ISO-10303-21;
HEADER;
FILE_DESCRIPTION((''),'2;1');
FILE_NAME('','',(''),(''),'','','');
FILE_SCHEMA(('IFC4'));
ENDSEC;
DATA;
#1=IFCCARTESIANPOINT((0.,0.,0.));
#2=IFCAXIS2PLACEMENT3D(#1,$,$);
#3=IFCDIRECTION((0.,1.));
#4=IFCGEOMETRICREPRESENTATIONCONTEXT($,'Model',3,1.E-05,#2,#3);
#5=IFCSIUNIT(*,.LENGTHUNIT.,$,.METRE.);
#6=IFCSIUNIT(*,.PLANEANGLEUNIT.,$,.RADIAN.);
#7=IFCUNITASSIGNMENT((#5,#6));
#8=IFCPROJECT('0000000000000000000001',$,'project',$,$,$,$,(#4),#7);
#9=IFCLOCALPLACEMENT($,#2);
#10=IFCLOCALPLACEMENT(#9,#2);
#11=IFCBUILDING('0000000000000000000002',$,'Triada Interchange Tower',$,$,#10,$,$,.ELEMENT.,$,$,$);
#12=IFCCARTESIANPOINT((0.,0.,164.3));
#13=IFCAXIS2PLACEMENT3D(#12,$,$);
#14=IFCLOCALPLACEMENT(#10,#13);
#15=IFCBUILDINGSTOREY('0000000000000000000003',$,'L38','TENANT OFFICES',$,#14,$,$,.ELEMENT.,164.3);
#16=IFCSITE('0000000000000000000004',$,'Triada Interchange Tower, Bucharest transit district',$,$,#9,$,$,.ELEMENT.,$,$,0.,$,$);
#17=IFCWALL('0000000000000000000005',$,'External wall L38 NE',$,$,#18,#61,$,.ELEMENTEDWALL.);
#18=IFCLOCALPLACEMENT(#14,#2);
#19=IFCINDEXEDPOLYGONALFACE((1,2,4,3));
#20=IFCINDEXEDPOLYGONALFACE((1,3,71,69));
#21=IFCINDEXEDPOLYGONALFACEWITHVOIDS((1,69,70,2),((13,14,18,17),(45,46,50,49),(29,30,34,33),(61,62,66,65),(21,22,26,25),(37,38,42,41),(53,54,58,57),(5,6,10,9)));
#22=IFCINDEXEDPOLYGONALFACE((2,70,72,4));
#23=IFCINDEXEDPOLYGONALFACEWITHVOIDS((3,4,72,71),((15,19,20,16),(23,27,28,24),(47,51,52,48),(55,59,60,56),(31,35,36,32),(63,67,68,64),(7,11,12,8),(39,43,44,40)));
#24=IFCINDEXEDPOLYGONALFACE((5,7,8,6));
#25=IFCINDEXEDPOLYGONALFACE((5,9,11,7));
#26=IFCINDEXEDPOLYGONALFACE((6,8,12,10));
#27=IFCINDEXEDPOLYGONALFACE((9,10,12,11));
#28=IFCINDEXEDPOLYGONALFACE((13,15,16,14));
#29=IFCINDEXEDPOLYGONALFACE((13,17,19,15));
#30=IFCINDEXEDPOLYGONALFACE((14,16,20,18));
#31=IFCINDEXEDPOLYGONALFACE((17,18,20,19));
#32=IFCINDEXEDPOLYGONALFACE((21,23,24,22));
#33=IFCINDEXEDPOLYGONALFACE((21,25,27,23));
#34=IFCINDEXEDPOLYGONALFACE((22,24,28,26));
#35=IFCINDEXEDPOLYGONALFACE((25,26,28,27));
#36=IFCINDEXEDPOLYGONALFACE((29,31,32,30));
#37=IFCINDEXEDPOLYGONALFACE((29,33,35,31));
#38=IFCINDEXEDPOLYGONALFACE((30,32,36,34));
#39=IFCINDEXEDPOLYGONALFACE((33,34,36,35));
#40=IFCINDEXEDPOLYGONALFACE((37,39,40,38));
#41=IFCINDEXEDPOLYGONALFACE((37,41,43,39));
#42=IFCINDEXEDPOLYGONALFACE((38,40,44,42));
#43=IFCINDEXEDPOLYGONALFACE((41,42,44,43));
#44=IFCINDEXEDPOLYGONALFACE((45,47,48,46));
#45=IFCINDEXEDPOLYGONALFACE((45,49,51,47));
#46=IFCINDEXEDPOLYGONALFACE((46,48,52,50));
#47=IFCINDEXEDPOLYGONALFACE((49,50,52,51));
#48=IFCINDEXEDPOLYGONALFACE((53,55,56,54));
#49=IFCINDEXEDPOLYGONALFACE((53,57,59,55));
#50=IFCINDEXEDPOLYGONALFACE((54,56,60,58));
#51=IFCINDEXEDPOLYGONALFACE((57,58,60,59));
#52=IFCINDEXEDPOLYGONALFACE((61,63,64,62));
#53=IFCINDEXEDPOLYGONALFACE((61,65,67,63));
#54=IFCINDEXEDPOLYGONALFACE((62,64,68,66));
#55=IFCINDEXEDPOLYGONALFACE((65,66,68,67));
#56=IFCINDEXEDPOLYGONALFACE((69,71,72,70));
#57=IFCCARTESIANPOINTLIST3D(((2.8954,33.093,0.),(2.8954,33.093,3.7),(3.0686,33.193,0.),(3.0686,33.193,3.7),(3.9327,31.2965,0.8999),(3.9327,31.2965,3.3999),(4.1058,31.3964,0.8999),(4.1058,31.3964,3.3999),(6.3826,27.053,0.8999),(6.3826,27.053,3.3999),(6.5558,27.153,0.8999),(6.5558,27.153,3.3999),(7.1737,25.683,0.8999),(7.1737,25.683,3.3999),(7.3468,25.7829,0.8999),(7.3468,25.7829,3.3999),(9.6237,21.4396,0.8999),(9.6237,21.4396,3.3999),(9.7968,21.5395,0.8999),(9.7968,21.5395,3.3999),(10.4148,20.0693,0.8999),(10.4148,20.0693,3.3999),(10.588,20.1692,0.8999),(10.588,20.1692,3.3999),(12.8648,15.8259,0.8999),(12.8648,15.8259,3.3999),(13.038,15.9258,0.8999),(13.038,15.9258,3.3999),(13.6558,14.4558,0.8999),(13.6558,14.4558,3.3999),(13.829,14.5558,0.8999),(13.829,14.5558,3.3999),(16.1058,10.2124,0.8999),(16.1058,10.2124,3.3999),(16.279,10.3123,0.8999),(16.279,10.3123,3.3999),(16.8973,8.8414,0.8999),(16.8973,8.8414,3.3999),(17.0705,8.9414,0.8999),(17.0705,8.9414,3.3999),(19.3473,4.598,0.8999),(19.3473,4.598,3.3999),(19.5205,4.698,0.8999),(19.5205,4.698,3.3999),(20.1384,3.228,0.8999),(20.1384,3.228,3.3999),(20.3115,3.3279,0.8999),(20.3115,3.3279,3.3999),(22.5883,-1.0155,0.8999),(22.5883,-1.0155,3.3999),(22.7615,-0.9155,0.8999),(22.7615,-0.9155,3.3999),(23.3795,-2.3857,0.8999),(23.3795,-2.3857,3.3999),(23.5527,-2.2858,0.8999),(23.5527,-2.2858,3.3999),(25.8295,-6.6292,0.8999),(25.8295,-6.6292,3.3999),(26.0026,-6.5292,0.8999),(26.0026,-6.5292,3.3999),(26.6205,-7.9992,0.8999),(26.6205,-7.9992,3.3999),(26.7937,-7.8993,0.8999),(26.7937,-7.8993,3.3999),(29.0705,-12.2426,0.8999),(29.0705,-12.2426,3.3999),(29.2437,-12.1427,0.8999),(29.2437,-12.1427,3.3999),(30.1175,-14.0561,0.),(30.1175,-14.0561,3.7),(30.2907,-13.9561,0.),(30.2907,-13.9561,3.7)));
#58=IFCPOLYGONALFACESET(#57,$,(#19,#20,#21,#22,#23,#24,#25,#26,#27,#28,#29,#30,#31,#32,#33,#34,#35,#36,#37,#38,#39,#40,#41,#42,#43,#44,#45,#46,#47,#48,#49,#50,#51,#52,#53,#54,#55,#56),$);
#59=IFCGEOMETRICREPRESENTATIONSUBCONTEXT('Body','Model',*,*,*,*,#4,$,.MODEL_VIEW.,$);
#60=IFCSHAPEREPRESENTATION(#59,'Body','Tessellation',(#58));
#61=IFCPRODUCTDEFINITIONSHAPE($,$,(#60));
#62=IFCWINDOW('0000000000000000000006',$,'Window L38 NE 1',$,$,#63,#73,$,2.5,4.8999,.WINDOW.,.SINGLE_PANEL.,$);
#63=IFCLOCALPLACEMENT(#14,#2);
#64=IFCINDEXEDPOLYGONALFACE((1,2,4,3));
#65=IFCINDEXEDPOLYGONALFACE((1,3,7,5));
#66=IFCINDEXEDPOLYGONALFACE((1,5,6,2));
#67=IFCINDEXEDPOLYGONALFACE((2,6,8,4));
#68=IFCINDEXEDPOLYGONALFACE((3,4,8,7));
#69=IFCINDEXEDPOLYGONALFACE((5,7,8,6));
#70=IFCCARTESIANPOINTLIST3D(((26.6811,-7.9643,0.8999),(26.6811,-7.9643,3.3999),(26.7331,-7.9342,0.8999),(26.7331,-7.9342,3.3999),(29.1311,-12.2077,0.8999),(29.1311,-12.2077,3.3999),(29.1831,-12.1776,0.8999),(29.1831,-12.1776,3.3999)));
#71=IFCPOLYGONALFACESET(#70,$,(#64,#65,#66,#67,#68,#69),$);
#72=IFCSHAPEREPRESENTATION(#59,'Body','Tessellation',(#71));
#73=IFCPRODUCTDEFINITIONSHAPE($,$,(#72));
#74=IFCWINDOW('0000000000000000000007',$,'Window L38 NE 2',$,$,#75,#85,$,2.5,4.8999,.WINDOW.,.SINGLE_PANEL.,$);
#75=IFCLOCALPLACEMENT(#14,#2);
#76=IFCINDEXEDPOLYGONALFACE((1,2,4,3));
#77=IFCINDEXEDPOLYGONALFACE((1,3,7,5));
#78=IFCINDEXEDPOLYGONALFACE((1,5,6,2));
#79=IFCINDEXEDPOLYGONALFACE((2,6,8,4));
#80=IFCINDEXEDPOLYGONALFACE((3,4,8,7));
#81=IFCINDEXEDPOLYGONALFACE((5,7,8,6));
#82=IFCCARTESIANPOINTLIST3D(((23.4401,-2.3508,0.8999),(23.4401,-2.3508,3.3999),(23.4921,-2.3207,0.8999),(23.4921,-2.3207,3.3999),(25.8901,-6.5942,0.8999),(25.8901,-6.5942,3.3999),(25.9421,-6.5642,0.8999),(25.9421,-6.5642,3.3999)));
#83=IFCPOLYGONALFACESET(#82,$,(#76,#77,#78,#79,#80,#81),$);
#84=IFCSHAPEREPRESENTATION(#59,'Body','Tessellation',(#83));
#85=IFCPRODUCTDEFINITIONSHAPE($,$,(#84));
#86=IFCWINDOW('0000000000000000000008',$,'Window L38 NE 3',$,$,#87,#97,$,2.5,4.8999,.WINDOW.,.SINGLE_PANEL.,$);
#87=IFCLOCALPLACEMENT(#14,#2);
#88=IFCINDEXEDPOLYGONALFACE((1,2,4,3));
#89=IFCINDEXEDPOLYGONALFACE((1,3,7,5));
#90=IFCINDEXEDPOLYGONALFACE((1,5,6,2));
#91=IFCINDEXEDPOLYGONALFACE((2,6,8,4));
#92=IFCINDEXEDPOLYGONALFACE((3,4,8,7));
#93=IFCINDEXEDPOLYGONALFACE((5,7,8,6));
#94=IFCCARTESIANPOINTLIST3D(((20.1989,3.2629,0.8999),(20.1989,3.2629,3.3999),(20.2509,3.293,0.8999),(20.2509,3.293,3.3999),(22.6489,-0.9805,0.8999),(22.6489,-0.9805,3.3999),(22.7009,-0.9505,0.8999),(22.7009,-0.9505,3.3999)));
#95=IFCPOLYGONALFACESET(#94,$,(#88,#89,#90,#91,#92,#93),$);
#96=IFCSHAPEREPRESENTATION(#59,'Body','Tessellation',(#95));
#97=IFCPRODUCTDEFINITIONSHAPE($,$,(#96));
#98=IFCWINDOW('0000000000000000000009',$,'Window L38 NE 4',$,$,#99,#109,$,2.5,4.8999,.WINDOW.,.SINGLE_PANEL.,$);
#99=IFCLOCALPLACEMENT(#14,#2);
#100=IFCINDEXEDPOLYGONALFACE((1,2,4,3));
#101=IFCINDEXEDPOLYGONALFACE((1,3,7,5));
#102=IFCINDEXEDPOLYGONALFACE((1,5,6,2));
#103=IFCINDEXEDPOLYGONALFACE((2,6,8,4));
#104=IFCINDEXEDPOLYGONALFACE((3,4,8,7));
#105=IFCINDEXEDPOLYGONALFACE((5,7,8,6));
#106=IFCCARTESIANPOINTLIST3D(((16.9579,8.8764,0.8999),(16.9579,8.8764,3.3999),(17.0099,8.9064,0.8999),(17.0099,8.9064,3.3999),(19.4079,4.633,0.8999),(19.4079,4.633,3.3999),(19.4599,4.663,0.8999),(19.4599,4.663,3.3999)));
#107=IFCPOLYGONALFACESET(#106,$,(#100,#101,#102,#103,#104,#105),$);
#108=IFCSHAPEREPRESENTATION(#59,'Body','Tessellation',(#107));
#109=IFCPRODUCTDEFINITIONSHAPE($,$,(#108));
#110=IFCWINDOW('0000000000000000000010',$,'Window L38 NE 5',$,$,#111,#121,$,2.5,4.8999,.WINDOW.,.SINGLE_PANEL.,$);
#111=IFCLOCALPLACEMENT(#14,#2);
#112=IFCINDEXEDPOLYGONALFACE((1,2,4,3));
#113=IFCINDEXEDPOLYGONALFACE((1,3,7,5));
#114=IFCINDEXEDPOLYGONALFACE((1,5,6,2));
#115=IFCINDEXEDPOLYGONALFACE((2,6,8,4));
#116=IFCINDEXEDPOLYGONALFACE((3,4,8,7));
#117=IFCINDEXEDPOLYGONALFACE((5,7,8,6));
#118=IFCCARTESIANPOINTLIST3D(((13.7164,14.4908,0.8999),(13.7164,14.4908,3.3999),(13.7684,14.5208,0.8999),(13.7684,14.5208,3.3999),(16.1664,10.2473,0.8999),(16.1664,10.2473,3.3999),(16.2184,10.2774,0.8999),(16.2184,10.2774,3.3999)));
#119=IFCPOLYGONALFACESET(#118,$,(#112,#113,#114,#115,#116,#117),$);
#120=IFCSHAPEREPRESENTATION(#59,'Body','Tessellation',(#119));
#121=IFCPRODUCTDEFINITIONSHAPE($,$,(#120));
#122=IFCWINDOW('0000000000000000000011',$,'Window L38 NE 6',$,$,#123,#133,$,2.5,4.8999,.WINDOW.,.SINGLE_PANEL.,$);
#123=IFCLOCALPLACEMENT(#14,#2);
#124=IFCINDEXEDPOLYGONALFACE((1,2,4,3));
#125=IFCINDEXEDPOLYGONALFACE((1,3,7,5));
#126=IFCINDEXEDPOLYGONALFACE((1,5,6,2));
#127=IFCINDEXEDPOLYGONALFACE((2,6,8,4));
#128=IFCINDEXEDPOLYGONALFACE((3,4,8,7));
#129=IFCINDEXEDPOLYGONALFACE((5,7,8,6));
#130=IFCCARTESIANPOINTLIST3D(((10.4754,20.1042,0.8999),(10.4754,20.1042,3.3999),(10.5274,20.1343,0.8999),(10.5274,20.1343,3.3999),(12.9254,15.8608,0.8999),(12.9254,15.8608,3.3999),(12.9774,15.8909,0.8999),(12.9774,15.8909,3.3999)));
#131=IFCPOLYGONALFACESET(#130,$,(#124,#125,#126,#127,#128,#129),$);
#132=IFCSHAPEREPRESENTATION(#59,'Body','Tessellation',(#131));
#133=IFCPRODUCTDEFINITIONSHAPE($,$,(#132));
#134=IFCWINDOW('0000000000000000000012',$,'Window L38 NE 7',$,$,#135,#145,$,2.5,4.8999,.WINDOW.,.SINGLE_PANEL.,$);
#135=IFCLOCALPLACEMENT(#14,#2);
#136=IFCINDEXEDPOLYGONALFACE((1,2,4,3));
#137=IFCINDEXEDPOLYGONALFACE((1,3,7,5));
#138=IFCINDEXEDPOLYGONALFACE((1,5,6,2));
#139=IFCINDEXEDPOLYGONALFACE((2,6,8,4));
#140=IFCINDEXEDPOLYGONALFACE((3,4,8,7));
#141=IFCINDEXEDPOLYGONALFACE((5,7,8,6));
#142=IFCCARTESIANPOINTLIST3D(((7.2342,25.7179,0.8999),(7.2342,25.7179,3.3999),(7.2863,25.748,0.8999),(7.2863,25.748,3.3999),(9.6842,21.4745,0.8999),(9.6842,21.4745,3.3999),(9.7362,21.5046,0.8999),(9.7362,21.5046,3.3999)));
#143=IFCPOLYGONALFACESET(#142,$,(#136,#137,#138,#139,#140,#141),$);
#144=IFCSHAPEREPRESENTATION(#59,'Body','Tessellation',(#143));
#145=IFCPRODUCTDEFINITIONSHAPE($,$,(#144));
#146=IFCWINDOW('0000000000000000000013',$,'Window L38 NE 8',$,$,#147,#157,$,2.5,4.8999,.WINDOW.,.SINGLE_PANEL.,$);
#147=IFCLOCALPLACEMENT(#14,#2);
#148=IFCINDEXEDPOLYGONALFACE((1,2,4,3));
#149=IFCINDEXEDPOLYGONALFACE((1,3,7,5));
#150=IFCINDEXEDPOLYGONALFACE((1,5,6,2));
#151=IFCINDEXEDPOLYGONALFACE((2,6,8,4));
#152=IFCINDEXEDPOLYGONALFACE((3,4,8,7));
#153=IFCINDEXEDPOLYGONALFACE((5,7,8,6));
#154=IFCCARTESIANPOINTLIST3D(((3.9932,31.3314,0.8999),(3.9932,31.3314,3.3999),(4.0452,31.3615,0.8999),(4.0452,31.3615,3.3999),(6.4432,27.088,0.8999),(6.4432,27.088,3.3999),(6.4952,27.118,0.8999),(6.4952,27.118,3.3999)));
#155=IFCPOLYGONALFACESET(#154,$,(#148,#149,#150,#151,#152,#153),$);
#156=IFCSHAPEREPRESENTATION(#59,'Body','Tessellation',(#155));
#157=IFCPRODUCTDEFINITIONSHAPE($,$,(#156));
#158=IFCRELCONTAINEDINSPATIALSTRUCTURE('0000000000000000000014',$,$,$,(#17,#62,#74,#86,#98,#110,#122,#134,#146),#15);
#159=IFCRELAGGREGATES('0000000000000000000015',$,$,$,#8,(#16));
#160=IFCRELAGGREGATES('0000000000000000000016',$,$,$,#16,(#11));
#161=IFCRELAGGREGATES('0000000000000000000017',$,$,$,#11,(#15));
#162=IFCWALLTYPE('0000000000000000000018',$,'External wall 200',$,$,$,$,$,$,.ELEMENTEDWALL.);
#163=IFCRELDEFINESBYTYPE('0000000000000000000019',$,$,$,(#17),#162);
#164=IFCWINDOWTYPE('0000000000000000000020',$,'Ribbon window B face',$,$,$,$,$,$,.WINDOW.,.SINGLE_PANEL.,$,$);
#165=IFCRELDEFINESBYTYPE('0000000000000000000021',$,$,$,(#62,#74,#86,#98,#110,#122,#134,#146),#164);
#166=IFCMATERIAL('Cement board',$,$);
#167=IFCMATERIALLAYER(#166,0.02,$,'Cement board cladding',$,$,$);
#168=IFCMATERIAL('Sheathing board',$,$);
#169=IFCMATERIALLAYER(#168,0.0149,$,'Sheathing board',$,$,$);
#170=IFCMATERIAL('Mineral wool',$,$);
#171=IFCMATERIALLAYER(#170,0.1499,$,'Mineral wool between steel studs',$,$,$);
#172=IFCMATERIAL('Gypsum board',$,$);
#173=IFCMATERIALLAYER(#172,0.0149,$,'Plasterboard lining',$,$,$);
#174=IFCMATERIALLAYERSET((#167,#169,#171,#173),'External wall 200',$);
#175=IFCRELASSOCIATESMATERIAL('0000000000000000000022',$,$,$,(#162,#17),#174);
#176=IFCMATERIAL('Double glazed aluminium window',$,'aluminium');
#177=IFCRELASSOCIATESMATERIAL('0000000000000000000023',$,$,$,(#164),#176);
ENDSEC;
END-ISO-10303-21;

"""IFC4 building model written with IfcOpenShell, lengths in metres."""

from ifc_helpers import new_model, si_unit, direction, frame, frame_2d, origin, place, context, subcontext, project, spatial, rectangle, extrude, material, layer, layer_set, layer_usage, type_object, element, fill, save


model = new_model("IFC4")

# Units and contexts
model_context = context("Model", 3, precision=1e-05, world=origin(), true_north=direction((0.0, 1.0)))
body_context = subcontext(model_context, "Body", "Model", "MODEL_VIEW")
ifc_project = project(units=[si_unit("LENGTHUNIT", "METRE"), si_unit("PLANEANGLEUNIT", "RADIAN")], contexts=[model_context])

# Site, building, storey
site_placement = place(None, origin())
site = spatial("IfcSite", under=ifc_project, at=site_placement, Name="Triada Interchange Tower, Bucharest transit district", CompositionType="ELEMENT", RefElevation=0.0)
building_placement = place(site_placement, origin())
building = spatial("IfcBuilding", under=site, at=building_placement, Name="Triada Interchange Tower", CompositionType="ELEMENT")
storey_placement = place(building_placement, frame((0.0, 0.0, 164.3)))
storey = spatial("IfcBuildingStorey", under=building, at=storey_placement, Name="L38", Description="TENANT OFFICES", CompositionType="ELEMENT", Elevation=164.3)

# Shared definitions
ifc_material_1 = material(Name="Cement board")
ifc_layer_1 = layer(ifc_material_1, 0.02, Name="Cement board cladding")
ifc_material_2 = material(Name="Sheathing board")
ifc_layer_2 = layer(ifc_material_2, 0.0149, Name="Sheathing board")
ifc_material_3 = material(Name="Mineral wool")
ifc_layer_3 = layer(ifc_material_3, 0.1499, Name="Mineral wool between steel studs")
ifc_material_4 = material(Name="Gypsum board")
ifc_layer_4 = layer(ifc_material_4, 0.0149, Name="Plasterboard lining")
ifc_layer_set_1 = layer_set([ifc_layer_1, ifc_layer_2, ifc_layer_3, ifc_layer_4], Name="External wall 200")
ifc_layer_usage = layer_usage(ifc_layer_set_1, "AXIS2", "POSITIVE", -0.1001)
wall_type_1 = type_object("IfcWallType", Name="External wall 200", PredefinedType="ELEMENTEDWALL", material=ifc_layer_set_1)
ifc_material_5 = material(Name="Double glazed aluminium window", Category="aluminium")

# Wall, openings, windows
wall_1_placement = place(storey_placement, frame((30.2041, -14.0061, 0.0), z_axis=(0.0, 0.0, 1.0), x_axis=(-0.500008, 0.866021, 0.0)))
wall_1 = element("IfcWall", 1, at=wall_1_placement, inside=storey, type_object=wall_type_1, material=ifc_layer_usage, Name="External wall L38 NE", PredefinedType="ELEMENTEDWALL", context=body_context, shape_type="SweptSolid", body=[
    extrude(rectangle(XDim=54.4434, YDim=0.2, at=frame_2d((27.2217, 0.0))), origin(), (0.0, 0.0, 1.0), 3.7),
])
opening_1_placement = place(wall_1_placement, frame((2.094, 0.0, 0.8999)))
opening_1 = element("IfcOpeningElement", 2, at=opening_1_placement, cuts=wall_1, PredefinedType="OPENING", context=body_context, shape_type="SweptSolid", body=[
    extrude(rectangle(XDim=4.8999, YDim=2.5, at=frame_2d((2.45, 1.25))), frame((0.0, 0.1099, 0.0), z_axis=(0.0, -1.0, 0.0), x_axis=(1.0, 0.0, 0.0)), (0.0, 0.0, 1.0), 0.22),
])
opening_2_placement = place(wall_1_placement, frame((8.5759, 0.0, 0.8999)))
opening_2 = element("IfcOpeningElement", 3, at=opening_2_placement, cuts=wall_1, PredefinedType="OPENING", context=body_context, shape_type="SweptSolid", body=[
    extrude(rectangle(XDim=4.8999, YDim=2.5, at=frame_2d((2.45, 1.25))), frame((0.0, 0.1099, 0.0), z_axis=(0.0, -1.0, 0.0), x_axis=(1.0, 0.0, 0.0)), (0.0, 0.0, 1.0), 0.22),
])
opening_3_placement = place(wall_1_placement, frame((15.0581, 0.0, 0.8999)))
opening_3 = element("IfcOpeningElement", 4, at=opening_3_placement, cuts=wall_1, PredefinedType="OPENING", context=body_context, shape_type="SweptSolid", body=[
    extrude(rectangle(XDim=4.8999, YDim=2.5, at=frame_2d((2.45, 1.25))), frame((0.0, 0.1099, 0.0), z_axis=(0.0, -1.0, 0.0), x_axis=(1.0, 0.0, 0.0)), (0.0, 0.0, 1.0), 0.22),
])
opening_4_placement = place(wall_1_placement, frame((21.54, 0.0, 0.8999)))
opening_4 = element("IfcOpeningElement", 5, at=opening_4_placement, cuts=wall_1, PredefinedType="OPENING", context=body_context, shape_type="SweptSolid", body=[
    extrude(rectangle(XDim=4.8999, YDim=2.5, at=frame_2d((2.45, 1.25))), frame((0.0, 0.1099, 0.0), z_axis=(0.0, -1.0, 0.0), x_axis=(1.0, 0.0, 0.0)), (0.0, 0.0, 1.0), 0.22),
])
opening_5_placement = place(wall_1_placement, frame((28.0229, 0.0, 0.8999)))
opening_5 = element("IfcOpeningElement", 6, at=opening_5_placement, cuts=wall_1, PredefinedType="OPENING", context=body_context, shape_type="SweptSolid", body=[
    extrude(rectangle(XDim=4.8999, YDim=2.5, at=frame_2d((2.45, 1.25))), frame((0.0, 0.1099, 0.0), z_axis=(0.0, -1.0, 0.0), x_axis=(1.0, 0.0, 0.0)), (0.0, 0.0, 1.0), 0.22),
])
opening_6_placement = place(wall_1_placement, frame((34.5049, 0.0, 0.8999)))
opening_6 = element("IfcOpeningElement", 7, at=opening_6_placement, cuts=wall_1, PredefinedType="OPENING", context=body_context, shape_type="SweptSolid", body=[
    extrude(rectangle(XDim=4.8999, YDim=2.5, at=frame_2d((2.45, 1.25))), frame((0.0, 0.1099, 0.0), z_axis=(0.0, -1.0, 0.0), x_axis=(1.0, 0.0, 0.0)), (0.0, 0.0, 1.0), 0.22),
])
opening_7_placement = place(wall_1_placement, frame((40.9871, 0.0, 0.8999)))
opening_7 = element("IfcOpeningElement", 8, at=opening_7_placement, cuts=wall_1, PredefinedType="OPENING", context=body_context, shape_type="SweptSolid", body=[
    extrude(rectangle(XDim=4.8999, YDim=2.5, at=frame_2d((2.45, 1.25))), frame((0.0, 0.1099, 0.0), z_axis=(0.0, -1.0, 0.0), x_axis=(1.0, 0.0, 0.0)), (0.0, 0.0, 1.0), 0.22),
])
opening_8_placement = place(wall_1_placement, frame((47.469, 0.0, 0.8999)))
opening_8 = element("IfcOpeningElement", 9, at=opening_8_placement, cuts=wall_1, PredefinedType="OPENING", context=body_context, shape_type="SweptSolid", body=[
    extrude(rectangle(XDim=4.8999, YDim=2.5, at=frame_2d((2.45, 1.25))), frame((0.0, 0.1099, 0.0), z_axis=(0.0, -1.0, 0.0), x_axis=(1.0, 0.0, 0.0)), (0.0, 0.0, 1.0), 0.22),
])
window_type_1 = type_object("IfcWindowType", Name="Ribbon window B face", PartitioningType="SINGLE_PANEL", PredefinedType="WINDOW", material=ifc_material_5)
window_1_placement = place(opening_1_placement, origin())
window_1 = element("IfcWindow", 10, at=window_1_placement, inside=storey, type_object=window_type_1, Name="Window L38 NE 1", OverallHeight=2.5, OverallWidth=4.8999, PartitioningType="SINGLE_PANEL", PredefinedType="WINDOW", context=body_context, shape_type="SweptSolid", body=[
    extrude(rectangle(XDim=4.8999, YDim=2.5, at=frame_2d((2.45, 1.25))), frame((0.0, 0.03, 0.0), z_axis=(0.0, -1.0, 0.0), x_axis=(1.0, 0.0, 0.0)), (0.0, 0.0, 1.0), 0.0601),
])
fill(opening_1, window_1)
window_2_placement = place(opening_2_placement, origin())
window_2 = element("IfcWindow", 11, at=window_2_placement, inside=storey, type_object=window_type_1, Name="Window L38 NE 2", OverallHeight=2.5, OverallWidth=4.8999, PartitioningType="SINGLE_PANEL", PredefinedType="WINDOW", context=body_context, shape_type="SweptSolid", body=[
    extrude(rectangle(XDim=4.8999, YDim=2.5, at=frame_2d((2.45, 1.25))), frame((0.0, 0.03, 0.0), z_axis=(0.0, -1.0, 0.0), x_axis=(1.0, 0.0, 0.0)), (0.0, 0.0, 1.0), 0.0601),
])
fill(opening_2, window_2)
window_3_placement = place(opening_3_placement, origin())
window_3 = element("IfcWindow", 12, at=window_3_placement, inside=storey, type_object=window_type_1, Name="Window L38 NE 3", OverallHeight=2.5, OverallWidth=4.8999, PartitioningType="SINGLE_PANEL", PredefinedType="WINDOW", context=body_context, shape_type="SweptSolid", body=[
    extrude(rectangle(XDim=4.8999, YDim=2.5, at=frame_2d((2.45, 1.25))), frame((0.0, 0.03, 0.0), z_axis=(0.0, -1.0, 0.0), x_axis=(1.0, 0.0, 0.0)), (0.0, 0.0, 1.0), 0.0601),
])
fill(opening_3, window_3)
window_4_placement = place(opening_4_placement, origin())
window_4 = element("IfcWindow", 13, at=window_4_placement, inside=storey, type_object=window_type_1, Name="Window L38 NE 4", OverallHeight=2.5, OverallWidth=4.8999, PartitioningType="SINGLE_PANEL", PredefinedType="WINDOW", context=body_context, shape_type="SweptSolid", body=[
    extrude(rectangle(XDim=4.8999, YDim=2.5, at=frame_2d((2.45, 1.25))), frame((0.0, 0.03, 0.0), z_axis=(0.0, -1.0, 0.0), x_axis=(1.0, 0.0, 0.0)), (0.0, 0.0, 1.0), 0.0601),
])
fill(opening_4, window_4)
window_5_placement = place(opening_5_placement, origin())
window_5 = element("IfcWindow", 14, at=window_5_placement, inside=storey, type_object=window_type_1, Name="Window L38 NE 5", OverallHeight=2.5, OverallWidth=4.8999, PartitioningType="SINGLE_PANEL", PredefinedType="WINDOW", context=body_context, shape_type="SweptSolid", body=[
    extrude(rectangle(XDim=4.8999, YDim=2.5, at=frame_2d((2.45, 1.25))), frame((0.0, 0.03, 0.0), z_axis=(0.0, -1.0, 0.0), x_axis=(1.0, 0.0, 0.0)), (0.0, 0.0, 1.0), 0.0601),
])
fill(opening_5, window_5)
window_6_placement = place(opening_6_placement, origin())
window_6 = element("IfcWindow", 15, at=window_6_placement, inside=storey, type_object=window_type_1, Name="Window L38 NE 6", OverallHeight=2.5, OverallWidth=4.8999, PartitioningType="SINGLE_PANEL", PredefinedType="WINDOW", context=body_context, shape_type="SweptSolid", body=[
    extrude(rectangle(XDim=4.8999, YDim=2.5, at=frame_2d((2.45, 1.25))), frame((0.0, 0.03, 0.0), z_axis=(0.0, -1.0, 0.0), x_axis=(1.0, 0.0, 0.0)), (0.0, 0.0, 1.0), 0.0601),
])
fill(opening_6, window_6)
window_7_placement = place(opening_7_placement, origin())
window_7 = element("IfcWindow", 16, at=window_7_placement, inside=storey, type_object=window_type_1, Name="Window L38 NE 7", OverallHeight=2.5, OverallWidth=4.8999, PartitioningType="SINGLE_PANEL", PredefinedType="WINDOW", context=body_context, shape_type="SweptSolid", body=[
    extrude(rectangle(XDim=4.8999, YDim=2.5, at=frame_2d((2.45, 1.25))), frame((0.0, 0.03, 0.0), z_axis=(0.0, -1.0, 0.0), x_axis=(1.0, 0.0, 0.0)), (0.0, 0.0, 1.0), 0.0601),
])
fill(opening_7, window_7)
window_8_placement = place(opening_8_placement, origin())
window_8 = element("IfcWindow", 17, at=window_8_placement, inside=storey, type_object=window_type_1, Name="Window L38 NE 8", OverallHeight=2.5, OverallWidth=4.8999, PartitioningType="SINGLE_PANEL", PredefinedType="WINDOW", context=body_context, shape_type="SweptSolid", body=[
    extrude(rectangle(XDim=4.8999, YDim=2.5, at=frame_2d((2.45, 1.25))), frame((0.0, 0.03, 0.0), z_axis=(0.0, -1.0, 0.0), x_axis=(1.0, 0.0, 0.0)), (0.0, 0.0, 1.0), 0.0601),
])
fill(opening_8, window_8)

save(model, "model.ifc")
